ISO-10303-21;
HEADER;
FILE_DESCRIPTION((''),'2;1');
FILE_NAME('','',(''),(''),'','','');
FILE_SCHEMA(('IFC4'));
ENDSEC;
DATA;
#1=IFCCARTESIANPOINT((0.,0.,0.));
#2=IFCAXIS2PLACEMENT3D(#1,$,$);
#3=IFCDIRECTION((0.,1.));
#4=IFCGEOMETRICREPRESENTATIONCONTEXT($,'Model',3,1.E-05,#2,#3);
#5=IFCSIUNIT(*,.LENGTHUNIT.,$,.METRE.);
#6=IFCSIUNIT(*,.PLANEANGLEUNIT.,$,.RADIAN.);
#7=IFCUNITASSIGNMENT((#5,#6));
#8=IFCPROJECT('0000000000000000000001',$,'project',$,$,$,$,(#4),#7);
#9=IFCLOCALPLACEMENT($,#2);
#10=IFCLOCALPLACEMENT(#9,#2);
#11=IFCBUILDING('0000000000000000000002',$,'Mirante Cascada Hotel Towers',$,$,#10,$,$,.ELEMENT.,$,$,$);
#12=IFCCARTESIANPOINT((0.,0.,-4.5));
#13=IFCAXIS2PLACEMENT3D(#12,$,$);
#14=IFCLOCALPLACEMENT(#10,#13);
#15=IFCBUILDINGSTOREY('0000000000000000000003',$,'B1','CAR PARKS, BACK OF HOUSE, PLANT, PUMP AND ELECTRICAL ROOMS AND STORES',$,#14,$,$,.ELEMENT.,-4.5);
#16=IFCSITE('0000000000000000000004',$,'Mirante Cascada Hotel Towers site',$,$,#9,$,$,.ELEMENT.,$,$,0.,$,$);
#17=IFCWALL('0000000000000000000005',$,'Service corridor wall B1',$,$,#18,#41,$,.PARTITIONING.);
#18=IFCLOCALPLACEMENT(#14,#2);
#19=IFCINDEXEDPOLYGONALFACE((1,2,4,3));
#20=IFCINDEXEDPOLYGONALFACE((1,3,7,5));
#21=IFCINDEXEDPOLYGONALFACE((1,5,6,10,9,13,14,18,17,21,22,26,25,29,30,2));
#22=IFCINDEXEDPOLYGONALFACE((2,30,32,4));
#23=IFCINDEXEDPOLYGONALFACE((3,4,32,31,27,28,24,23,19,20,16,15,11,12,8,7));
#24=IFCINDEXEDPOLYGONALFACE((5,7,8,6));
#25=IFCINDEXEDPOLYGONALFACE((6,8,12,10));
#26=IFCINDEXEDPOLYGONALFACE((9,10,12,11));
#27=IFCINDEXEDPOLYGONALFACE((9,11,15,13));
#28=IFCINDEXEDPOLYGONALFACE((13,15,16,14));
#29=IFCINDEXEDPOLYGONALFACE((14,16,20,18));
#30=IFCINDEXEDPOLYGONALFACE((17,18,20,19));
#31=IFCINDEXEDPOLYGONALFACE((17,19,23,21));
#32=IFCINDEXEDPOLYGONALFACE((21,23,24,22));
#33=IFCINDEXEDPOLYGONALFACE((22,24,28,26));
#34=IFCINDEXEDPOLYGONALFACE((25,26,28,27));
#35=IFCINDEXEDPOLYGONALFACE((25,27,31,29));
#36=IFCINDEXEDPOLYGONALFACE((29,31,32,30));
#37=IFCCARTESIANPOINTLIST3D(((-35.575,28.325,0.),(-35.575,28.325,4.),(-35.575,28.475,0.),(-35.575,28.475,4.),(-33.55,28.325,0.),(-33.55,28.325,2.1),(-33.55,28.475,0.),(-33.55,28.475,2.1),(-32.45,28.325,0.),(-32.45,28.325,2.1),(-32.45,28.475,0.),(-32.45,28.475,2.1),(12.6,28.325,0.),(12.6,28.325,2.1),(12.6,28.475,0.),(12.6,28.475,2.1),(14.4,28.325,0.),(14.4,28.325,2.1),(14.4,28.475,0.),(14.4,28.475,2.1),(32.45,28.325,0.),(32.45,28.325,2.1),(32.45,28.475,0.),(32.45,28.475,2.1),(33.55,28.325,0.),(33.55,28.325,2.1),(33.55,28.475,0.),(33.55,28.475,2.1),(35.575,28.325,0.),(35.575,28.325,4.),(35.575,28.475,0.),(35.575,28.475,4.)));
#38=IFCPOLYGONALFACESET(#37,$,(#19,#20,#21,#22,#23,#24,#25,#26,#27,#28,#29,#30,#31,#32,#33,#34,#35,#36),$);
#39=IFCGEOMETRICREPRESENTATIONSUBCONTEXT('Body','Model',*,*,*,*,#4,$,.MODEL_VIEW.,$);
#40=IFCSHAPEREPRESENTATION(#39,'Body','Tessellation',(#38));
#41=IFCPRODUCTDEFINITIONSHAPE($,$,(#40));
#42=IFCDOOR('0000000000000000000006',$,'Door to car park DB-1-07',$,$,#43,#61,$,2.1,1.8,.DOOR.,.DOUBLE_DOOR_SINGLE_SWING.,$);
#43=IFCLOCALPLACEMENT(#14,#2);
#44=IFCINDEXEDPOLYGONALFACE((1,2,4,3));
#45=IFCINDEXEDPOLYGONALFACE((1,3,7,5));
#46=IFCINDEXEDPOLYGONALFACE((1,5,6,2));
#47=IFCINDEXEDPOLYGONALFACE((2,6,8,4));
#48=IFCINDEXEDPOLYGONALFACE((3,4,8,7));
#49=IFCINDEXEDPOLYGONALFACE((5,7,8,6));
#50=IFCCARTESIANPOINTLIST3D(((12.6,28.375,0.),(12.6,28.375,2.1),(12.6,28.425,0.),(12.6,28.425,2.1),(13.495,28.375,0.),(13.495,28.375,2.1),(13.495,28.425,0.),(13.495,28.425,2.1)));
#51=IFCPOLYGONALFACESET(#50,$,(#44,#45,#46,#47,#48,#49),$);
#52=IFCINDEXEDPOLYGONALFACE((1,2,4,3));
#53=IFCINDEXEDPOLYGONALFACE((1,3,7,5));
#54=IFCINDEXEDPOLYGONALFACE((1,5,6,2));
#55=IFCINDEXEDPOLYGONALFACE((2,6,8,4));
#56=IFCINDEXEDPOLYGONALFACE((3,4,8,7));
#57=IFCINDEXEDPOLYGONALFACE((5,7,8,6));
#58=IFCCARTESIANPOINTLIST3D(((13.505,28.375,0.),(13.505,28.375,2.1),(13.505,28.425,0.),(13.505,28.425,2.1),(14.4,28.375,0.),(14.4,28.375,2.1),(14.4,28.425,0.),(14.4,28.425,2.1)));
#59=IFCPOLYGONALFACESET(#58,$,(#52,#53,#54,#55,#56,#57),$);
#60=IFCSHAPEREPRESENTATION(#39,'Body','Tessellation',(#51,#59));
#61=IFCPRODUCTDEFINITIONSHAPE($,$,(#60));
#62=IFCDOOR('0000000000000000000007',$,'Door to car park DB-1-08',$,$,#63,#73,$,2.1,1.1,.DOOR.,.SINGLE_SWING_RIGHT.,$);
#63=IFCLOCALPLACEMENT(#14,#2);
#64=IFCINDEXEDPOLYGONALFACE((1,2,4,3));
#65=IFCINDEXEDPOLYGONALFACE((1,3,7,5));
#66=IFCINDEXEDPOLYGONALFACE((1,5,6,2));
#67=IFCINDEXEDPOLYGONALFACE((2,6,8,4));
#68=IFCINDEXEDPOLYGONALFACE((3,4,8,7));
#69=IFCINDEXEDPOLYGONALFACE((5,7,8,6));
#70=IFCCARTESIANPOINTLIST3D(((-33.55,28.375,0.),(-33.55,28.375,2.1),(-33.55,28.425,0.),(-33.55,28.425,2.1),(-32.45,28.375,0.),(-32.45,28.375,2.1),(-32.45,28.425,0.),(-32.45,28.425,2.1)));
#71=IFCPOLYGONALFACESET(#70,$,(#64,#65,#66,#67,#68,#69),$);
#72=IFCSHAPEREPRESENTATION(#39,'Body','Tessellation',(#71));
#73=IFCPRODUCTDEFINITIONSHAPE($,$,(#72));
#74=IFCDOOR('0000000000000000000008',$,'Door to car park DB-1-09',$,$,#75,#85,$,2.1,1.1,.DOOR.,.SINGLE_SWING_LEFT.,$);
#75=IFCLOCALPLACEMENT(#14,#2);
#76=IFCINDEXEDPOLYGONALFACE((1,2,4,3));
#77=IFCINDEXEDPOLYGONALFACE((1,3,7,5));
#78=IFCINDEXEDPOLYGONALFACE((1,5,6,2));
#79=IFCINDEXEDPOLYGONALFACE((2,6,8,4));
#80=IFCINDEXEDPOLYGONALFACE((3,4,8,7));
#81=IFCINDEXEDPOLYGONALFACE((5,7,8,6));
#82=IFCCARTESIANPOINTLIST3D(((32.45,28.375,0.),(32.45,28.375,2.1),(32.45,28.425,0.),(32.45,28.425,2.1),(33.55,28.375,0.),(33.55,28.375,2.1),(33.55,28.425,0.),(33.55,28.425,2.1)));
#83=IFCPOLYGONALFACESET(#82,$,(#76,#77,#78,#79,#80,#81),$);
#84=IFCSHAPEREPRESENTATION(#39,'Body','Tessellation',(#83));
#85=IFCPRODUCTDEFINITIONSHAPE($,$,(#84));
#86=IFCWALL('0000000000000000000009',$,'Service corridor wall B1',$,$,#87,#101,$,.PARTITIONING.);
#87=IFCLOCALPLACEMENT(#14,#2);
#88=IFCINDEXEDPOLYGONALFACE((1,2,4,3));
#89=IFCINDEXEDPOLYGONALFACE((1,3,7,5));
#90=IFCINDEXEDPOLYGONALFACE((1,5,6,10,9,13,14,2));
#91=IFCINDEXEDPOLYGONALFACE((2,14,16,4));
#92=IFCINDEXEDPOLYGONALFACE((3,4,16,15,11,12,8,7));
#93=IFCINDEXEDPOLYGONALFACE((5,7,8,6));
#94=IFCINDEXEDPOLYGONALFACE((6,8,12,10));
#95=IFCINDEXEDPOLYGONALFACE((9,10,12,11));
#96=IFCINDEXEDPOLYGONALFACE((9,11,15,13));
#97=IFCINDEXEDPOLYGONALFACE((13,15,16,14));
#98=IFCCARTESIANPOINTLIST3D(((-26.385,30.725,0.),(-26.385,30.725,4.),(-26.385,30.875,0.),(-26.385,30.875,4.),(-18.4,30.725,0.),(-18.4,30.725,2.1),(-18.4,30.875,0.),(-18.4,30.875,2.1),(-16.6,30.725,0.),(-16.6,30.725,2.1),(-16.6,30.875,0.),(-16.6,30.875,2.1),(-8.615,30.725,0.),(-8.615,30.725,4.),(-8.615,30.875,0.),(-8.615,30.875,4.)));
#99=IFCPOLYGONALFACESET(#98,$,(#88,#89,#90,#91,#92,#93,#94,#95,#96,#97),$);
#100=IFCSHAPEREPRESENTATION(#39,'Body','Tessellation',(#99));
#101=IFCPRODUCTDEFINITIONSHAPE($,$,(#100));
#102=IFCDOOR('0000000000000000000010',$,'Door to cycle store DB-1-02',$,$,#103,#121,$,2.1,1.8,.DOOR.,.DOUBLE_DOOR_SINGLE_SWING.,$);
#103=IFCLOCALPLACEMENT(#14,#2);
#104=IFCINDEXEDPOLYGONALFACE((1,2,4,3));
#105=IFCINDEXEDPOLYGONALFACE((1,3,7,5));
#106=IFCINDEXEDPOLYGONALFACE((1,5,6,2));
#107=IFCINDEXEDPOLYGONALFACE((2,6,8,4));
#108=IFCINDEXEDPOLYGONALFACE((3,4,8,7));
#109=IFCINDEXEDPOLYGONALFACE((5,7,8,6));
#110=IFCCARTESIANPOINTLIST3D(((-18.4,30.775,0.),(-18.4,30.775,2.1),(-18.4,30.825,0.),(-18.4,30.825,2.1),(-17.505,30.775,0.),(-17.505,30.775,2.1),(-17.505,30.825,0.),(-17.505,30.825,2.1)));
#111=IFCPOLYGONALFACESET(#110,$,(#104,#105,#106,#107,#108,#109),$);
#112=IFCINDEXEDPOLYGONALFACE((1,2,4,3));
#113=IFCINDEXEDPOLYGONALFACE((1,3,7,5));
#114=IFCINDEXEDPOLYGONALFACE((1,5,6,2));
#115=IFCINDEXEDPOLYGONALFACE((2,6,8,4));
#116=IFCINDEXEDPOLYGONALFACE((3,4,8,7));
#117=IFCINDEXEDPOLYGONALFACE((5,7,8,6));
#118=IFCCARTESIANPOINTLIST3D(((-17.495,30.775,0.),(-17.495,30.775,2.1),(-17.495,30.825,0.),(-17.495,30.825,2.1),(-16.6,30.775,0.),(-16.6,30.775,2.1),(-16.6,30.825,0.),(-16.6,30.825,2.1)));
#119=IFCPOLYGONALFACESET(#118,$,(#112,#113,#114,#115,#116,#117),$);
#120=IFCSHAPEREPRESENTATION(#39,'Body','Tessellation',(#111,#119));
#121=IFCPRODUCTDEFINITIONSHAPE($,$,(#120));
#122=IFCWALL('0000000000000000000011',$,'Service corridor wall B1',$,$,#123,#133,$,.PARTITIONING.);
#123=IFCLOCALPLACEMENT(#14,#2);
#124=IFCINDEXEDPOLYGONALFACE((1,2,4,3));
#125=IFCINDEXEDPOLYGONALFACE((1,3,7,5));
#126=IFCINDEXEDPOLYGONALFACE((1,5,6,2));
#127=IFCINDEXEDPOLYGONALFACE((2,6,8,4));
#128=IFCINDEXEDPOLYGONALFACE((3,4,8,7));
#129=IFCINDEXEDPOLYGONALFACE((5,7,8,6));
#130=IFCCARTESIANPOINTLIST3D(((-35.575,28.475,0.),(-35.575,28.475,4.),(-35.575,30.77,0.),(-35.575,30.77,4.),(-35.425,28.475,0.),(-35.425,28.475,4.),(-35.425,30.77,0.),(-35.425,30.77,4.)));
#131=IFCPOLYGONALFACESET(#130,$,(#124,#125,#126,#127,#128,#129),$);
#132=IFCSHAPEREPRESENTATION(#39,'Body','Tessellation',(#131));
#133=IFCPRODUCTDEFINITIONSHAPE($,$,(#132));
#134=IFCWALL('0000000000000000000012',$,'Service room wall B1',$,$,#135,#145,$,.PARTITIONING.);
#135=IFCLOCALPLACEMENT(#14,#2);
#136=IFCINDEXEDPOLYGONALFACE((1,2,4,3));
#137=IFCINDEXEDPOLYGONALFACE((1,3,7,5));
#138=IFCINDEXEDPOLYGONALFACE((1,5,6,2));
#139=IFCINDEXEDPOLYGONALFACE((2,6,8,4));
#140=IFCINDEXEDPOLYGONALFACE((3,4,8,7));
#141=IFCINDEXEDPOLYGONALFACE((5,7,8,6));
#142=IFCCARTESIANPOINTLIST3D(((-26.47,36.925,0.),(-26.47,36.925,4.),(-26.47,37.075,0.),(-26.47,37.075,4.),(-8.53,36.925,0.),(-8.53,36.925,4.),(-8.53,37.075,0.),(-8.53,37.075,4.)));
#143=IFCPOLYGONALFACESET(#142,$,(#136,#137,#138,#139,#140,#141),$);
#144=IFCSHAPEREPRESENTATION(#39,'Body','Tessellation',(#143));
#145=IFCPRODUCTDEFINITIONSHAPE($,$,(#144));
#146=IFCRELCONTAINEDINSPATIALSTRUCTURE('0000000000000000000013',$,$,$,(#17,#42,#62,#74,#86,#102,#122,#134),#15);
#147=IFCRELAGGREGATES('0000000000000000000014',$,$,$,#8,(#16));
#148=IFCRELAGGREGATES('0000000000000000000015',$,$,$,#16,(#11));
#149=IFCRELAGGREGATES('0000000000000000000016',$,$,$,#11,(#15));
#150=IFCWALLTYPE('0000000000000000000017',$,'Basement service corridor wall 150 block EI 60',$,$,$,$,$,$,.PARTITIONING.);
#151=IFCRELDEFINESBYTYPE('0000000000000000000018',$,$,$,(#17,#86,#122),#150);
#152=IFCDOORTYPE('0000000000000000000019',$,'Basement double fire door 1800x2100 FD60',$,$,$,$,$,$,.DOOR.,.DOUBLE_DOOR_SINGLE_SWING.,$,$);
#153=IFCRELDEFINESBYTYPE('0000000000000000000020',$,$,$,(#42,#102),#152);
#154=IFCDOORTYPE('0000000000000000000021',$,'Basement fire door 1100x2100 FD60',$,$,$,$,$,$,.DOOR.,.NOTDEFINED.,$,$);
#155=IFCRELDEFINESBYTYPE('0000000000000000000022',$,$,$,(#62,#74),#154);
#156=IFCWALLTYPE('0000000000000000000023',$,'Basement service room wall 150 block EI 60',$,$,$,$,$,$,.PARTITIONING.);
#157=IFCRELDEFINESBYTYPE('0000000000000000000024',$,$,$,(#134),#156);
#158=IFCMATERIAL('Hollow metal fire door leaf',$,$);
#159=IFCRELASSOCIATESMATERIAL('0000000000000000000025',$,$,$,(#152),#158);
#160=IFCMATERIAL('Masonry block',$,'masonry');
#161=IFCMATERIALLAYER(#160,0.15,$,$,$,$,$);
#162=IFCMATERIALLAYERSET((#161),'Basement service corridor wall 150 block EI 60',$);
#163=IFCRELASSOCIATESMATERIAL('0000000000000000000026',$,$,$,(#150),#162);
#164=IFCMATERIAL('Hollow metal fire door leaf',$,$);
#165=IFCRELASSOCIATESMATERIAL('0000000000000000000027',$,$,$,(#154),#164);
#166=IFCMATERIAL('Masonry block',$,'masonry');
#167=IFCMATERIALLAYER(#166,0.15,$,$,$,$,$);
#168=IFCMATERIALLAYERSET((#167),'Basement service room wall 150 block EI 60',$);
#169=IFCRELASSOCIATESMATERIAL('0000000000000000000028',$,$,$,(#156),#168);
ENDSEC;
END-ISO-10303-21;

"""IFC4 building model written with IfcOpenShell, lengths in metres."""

from ifc_helpers import new_model, si_unit, direction, frame, frame_2d, origin, place, context, subcontext, project, spatial, rectangle, extrude, material, layer, layer_set, type_object, element, fill, save


model = new_model("IFC4")

# Units and contexts
model_context = context("Model", 3, precision=1e-05, world=origin(), true_north=direction((0.0, 1.0)))
body_context = subcontext(model_context, "Body", "Model", "MODEL_VIEW")
ifc_project = project(units=[si_unit("LENGTHUNIT", "METRE"), si_unit("PLANEANGLEUNIT", "RADIAN")], contexts=[model_context])

# Site, building, storey
site_placement = place(None, origin())
site = spatial("IfcSite", under=ifc_project, at=site_placement, Name="Mirante Cascada Hotel Towers site", CompositionType="ELEMENT", RefElevation=0.0)
building_placement = place(site_placement, origin())
building = spatial("IfcBuilding", under=site, at=building_placement, Name="Mirante Cascada Hotel Towers", CompositionType="ELEMENT")
storey_placement = place(building_placement, frame((0.0, 0.0, -4.5)))
storey = spatial("IfcBuildingStorey", under=building, at=storey_placement, Name="B1", Description="CAR PARKS, BACK OF HOUSE, PLANT, PUMP AND ELECTRICAL ROOMS AND STORES", CompositionType="ELEMENT", Elevation=-4.5)

# Shared definitions
ifc_material_1 = material(Name="Hollow metal fire door leaf")
door_type_1 = type_object("IfcDoorType", Name="Basement double fire door 1800x2100 FD60", OperationType="DOUBLE_DOOR_SINGLE_SWING", PredefinedType="DOOR", material=ifc_material_1)

# Wall, openings, doors
ifc_material_2 = material(Name="Masonry block", Category="masonry")
ifc_layer_1 = layer(ifc_material_2, 0.15)
ifc_layer_set_1 = layer_set([ifc_layer_1], Name="Basement service corridor wall 150 block EI 60")
wall_type_1 = type_object("IfcWallType", Name="Basement service corridor wall 150 block EI 60", PredefinedType="PARTITIONING", material=ifc_layer_set_1)
wall_1_placement = place(storey_placement, frame((-35.575, 28.4, 0.0), z_axis=(0.0, 0.0, 1.0), x_axis=(1.0, 0.0, 0.0)))
wall_1 = element("IfcWall", 1, at=wall_1_placement, inside=storey, type_object=wall_type_1, Name="Service corridor wall B1", PredefinedType="PARTITIONING", context=body_context, shape_type="SweptSolid", body=[
    extrude(rectangle(XDim=71.15, YDim=0.15, at=frame_2d((35.575, 0.0))), origin(), (0.0, 0.0, 1.0), 4.0),
])
opening_1_placement = place(wall_1_placement, frame((48.175, 0.0, 0.0)))
opening_1 = element("IfcOpeningElement", 2, at=opening_1_placement, cuts=wall_1, PredefinedType="OPENING", context=body_context, shape_type="SweptSolid", body=[
    extrude(rectangle(XDim=1.8, YDim=2.1, at=frame_2d((0.9, 1.05))), frame((0.0, 0.075, 0.0), z_axis=(0.0, -1.0, 0.0), x_axis=(1.0, 0.0, 0.0)), (0.0, 0.0, 1.0), 0.15),
])
opening_2_placement = place(wall_1_placement, frame((2.025, 0.0, 0.0)))
opening_2 = element("IfcOpeningElement", 3, at=opening_2_placement, cuts=wall_1, PredefinedType="OPENING", context=body_context, shape_type="SweptSolid", body=[
    extrude(rectangle(XDim=1.1, YDim=2.1, at=frame_2d((0.55, 1.05))), frame((0.0, 0.075, 0.0), z_axis=(0.0, -1.0, 0.0), x_axis=(1.0, 0.0, 0.0)), (0.0, 0.0, 1.0), 0.15),
])
opening_3_placement = place(wall_1_placement, frame((68.025, 0.0, 0.0)))
opening_3 = element("IfcOpeningElement", 4, at=opening_3_placement, cuts=wall_1, PredefinedType="OPENING", context=body_context, shape_type="SweptSolid", body=[
    extrude(rectangle(XDim=1.1, YDim=2.1, at=frame_2d((0.55, 1.05))), frame((0.0, 0.075, 0.0), z_axis=(0.0, -1.0, 0.0), x_axis=(1.0, 0.0, 0.0)), (0.0, 0.0, 1.0), 0.15),
])
door_1_placement = place(opening_1_placement, origin())
door_1 = element("IfcDoor", 5, at=door_1_placement, inside=storey, type_object=door_type_1, Name="Door to car park DB-1-07", OperationType="DOUBLE_DOOR_SINGLE_SWING", OverallHeight=2.1, OverallWidth=1.8, PredefinedType="DOOR", context=body_context, shape_type="SweptSolid", body=[
    extrude(rectangle(XDim=0.895, YDim=2.1, at=frame_2d((0.4475, 1.05))), frame((0.0, 0.025, 0.0), z_axis=(0.0, -1.0, 0.0), x_axis=(1.0, 0.0, 0.0)), (0.0, 0.0, 1.0), 0.05),
    extrude(rectangle(XDim=0.895, YDim=2.1, at=frame_2d((1.3525, 1.05))), frame((0.0, 0.025, 0.0), z_axis=(0.0, -1.0, 0.0), x_axis=(1.0, 0.0, 0.0)), (0.0, 0.0, 1.0), 0.05),
])
fill(opening_1, door_1)
ifc_material_3 = material(Name="Hollow metal fire door leaf")
door_type_2 = type_object("IfcDoorType", Name="Basement fire door 1100x2100 FD60", OperationType="NOTDEFINED", PredefinedType="DOOR", material=ifc_material_3)
door_2_placement = place(opening_2_placement, origin())
door_2 = element("IfcDoor", 6, at=door_2_placement, inside=storey, type_object=door_type_2, Name="Door to car park DB-1-08", OperationType="SINGLE_SWING_RIGHT", OverallHeight=2.1, OverallWidth=1.1, PredefinedType="DOOR", context=body_context, shape_type="SweptSolid", body=[
    extrude(rectangle(XDim=1.1, YDim=2.1, at=frame_2d((0.55, 1.05))), frame((0.0, 0.025, 0.0), z_axis=(0.0, -1.0, 0.0), x_axis=(1.0, 0.0, 0.0)), (0.0, 0.0, 1.0), 0.05),
])
fill(opening_2, door_2)
door_3_placement = place(opening_3_placement, origin())
door_3 = element("IfcDoor", 7, at=door_3_placement, inside=storey, type_object=door_type_2, Name="Door to car park DB-1-09", OperationType="SINGLE_SWING_LEFT", OverallHeight=2.1, OverallWidth=1.1, PredefinedType="DOOR", context=body_context, shape_type="SweptSolid", body=[
    extrude(rectangle(XDim=1.1, YDim=2.1, at=frame_2d((0.55, 1.05))), frame((0.0, 0.025, 0.0), z_axis=(0.0, -1.0, 0.0), x_axis=(1.0, 0.0, 0.0)), (0.0, 0.0, 1.0), 0.05),
])
fill(opening_3, door_3)

# Wall, opening, door
wall_2_placement = place(storey_placement, frame((-26.385, 30.8, 0.0), z_axis=(0.0, 0.0, 1.0), x_axis=(1.0, 0.0, 0.0)))
wall_2 = element("IfcWall", 8, at=wall_2_placement, inside=storey, type_object=wall_type_1, Name="Service corridor wall B1", PredefinedType="PARTITIONING", context=body_context, shape_type="SweptSolid", body=[
    extrude(rectangle(XDim=17.77, YDim=0.15, at=frame_2d((8.885, 0.0))), origin(), (0.0, 0.0, 1.0), 4.0),
])
opening_4_placement = place(wall_2_placement, frame((7.985, 0.0, 0.0)))
opening_4 = element("IfcOpeningElement", 9, at=opening_4_placement, cuts=wall_2, PredefinedType="OPENING", context=body_context, shape_type="SweptSolid", body=[
    extrude(rectangle(XDim=1.8, YDim=2.1, at=frame_2d((0.9, 1.05))), frame((0.0, 0.075, 0.0), z_axis=(0.0, -1.0, 0.0), x_axis=(1.0, 0.0, 0.0)), (0.0, 0.0, 1.0), 0.15),
])
door_4_placement = place(opening_4_placement, origin())
door_4 = element("IfcDoor", 10, at=door_4_placement, inside=storey, type_object=door_type_1, Name="Door to cycle store DB-1-02", OperationType="DOUBLE_DOOR_SINGLE_SWING", OverallHeight=2.1, OverallWidth=1.8, PredefinedType="DOOR", context=body_context, shape_type="SweptSolid", body=[
    extrude(rectangle(XDim=0.895, YDim=2.1, at=frame_2d((0.4475, 1.05))), frame((0.0, 0.025, 0.0), z_axis=(0.0, -1.0, 0.0), x_axis=(1.0, 0.0, 0.0)), (0.0, 0.0, 1.0), 0.05),
    extrude(rectangle(XDim=0.895, YDim=2.1, at=frame_2d((1.3525, 1.05))), frame((0.0, 0.025, 0.0), z_axis=(0.0, -1.0, 0.0), x_axis=(1.0, 0.0, 0.0)), (0.0, 0.0, 1.0), 0.05),
])
fill(opening_4, door_4)

# Walls
wall_3_placement = place(storey_placement, frame((-35.5, 28.475, 0.0), z_axis=(0.0, 0.0, 1.0), x_axis=(0.0, 1.0, 0.0)))
element("IfcWall", 11, at=wall_3_placement, inside=storey, type_object=wall_type_1, Name="Service corridor wall B1", PredefinedType="PARTITIONING", context=body_context, shape_type="SweptSolid", body=[
    extrude(rectangle(XDim=2.295, YDim=0.15, at=frame_2d((1.1475, 0.0))), origin(), (0.0, 0.0, 1.0), 4.0),
])
ifc_material_4 = material(Name="Masonry block", Category="masonry")
ifc_layer_2 = layer(ifc_material_4, 0.15)
ifc_layer_set_2 = layer_set([ifc_layer_2], Name="Basement service room wall 150 block EI 60")
wall_type_2 = type_object("IfcWallType", Name="Basement service room wall 150 block EI 60", PredefinedType="PARTITIONING", material=ifc_layer_set_2)
wall_4_placement = place(storey_placement, frame((-26.47, 37.0, 0.0), z_axis=(0.0, 0.0, 1.0), x_axis=(1.0, 0.0, 0.0)))
element("IfcWall", 12, at=wall_4_placement, inside=storey, type_object=wall_type_2, Name="Service room wall B1", PredefinedType="PARTITIONING", context=body_context, shape_type="SweptSolid", body=[
    extrude(rectangle(XDim=17.94, YDim=0.15, at=frame_2d((8.97, 0.0))), origin(), (0.0, 0.0, 1.0), 4.0),
])

save(model, "model.ifc")
